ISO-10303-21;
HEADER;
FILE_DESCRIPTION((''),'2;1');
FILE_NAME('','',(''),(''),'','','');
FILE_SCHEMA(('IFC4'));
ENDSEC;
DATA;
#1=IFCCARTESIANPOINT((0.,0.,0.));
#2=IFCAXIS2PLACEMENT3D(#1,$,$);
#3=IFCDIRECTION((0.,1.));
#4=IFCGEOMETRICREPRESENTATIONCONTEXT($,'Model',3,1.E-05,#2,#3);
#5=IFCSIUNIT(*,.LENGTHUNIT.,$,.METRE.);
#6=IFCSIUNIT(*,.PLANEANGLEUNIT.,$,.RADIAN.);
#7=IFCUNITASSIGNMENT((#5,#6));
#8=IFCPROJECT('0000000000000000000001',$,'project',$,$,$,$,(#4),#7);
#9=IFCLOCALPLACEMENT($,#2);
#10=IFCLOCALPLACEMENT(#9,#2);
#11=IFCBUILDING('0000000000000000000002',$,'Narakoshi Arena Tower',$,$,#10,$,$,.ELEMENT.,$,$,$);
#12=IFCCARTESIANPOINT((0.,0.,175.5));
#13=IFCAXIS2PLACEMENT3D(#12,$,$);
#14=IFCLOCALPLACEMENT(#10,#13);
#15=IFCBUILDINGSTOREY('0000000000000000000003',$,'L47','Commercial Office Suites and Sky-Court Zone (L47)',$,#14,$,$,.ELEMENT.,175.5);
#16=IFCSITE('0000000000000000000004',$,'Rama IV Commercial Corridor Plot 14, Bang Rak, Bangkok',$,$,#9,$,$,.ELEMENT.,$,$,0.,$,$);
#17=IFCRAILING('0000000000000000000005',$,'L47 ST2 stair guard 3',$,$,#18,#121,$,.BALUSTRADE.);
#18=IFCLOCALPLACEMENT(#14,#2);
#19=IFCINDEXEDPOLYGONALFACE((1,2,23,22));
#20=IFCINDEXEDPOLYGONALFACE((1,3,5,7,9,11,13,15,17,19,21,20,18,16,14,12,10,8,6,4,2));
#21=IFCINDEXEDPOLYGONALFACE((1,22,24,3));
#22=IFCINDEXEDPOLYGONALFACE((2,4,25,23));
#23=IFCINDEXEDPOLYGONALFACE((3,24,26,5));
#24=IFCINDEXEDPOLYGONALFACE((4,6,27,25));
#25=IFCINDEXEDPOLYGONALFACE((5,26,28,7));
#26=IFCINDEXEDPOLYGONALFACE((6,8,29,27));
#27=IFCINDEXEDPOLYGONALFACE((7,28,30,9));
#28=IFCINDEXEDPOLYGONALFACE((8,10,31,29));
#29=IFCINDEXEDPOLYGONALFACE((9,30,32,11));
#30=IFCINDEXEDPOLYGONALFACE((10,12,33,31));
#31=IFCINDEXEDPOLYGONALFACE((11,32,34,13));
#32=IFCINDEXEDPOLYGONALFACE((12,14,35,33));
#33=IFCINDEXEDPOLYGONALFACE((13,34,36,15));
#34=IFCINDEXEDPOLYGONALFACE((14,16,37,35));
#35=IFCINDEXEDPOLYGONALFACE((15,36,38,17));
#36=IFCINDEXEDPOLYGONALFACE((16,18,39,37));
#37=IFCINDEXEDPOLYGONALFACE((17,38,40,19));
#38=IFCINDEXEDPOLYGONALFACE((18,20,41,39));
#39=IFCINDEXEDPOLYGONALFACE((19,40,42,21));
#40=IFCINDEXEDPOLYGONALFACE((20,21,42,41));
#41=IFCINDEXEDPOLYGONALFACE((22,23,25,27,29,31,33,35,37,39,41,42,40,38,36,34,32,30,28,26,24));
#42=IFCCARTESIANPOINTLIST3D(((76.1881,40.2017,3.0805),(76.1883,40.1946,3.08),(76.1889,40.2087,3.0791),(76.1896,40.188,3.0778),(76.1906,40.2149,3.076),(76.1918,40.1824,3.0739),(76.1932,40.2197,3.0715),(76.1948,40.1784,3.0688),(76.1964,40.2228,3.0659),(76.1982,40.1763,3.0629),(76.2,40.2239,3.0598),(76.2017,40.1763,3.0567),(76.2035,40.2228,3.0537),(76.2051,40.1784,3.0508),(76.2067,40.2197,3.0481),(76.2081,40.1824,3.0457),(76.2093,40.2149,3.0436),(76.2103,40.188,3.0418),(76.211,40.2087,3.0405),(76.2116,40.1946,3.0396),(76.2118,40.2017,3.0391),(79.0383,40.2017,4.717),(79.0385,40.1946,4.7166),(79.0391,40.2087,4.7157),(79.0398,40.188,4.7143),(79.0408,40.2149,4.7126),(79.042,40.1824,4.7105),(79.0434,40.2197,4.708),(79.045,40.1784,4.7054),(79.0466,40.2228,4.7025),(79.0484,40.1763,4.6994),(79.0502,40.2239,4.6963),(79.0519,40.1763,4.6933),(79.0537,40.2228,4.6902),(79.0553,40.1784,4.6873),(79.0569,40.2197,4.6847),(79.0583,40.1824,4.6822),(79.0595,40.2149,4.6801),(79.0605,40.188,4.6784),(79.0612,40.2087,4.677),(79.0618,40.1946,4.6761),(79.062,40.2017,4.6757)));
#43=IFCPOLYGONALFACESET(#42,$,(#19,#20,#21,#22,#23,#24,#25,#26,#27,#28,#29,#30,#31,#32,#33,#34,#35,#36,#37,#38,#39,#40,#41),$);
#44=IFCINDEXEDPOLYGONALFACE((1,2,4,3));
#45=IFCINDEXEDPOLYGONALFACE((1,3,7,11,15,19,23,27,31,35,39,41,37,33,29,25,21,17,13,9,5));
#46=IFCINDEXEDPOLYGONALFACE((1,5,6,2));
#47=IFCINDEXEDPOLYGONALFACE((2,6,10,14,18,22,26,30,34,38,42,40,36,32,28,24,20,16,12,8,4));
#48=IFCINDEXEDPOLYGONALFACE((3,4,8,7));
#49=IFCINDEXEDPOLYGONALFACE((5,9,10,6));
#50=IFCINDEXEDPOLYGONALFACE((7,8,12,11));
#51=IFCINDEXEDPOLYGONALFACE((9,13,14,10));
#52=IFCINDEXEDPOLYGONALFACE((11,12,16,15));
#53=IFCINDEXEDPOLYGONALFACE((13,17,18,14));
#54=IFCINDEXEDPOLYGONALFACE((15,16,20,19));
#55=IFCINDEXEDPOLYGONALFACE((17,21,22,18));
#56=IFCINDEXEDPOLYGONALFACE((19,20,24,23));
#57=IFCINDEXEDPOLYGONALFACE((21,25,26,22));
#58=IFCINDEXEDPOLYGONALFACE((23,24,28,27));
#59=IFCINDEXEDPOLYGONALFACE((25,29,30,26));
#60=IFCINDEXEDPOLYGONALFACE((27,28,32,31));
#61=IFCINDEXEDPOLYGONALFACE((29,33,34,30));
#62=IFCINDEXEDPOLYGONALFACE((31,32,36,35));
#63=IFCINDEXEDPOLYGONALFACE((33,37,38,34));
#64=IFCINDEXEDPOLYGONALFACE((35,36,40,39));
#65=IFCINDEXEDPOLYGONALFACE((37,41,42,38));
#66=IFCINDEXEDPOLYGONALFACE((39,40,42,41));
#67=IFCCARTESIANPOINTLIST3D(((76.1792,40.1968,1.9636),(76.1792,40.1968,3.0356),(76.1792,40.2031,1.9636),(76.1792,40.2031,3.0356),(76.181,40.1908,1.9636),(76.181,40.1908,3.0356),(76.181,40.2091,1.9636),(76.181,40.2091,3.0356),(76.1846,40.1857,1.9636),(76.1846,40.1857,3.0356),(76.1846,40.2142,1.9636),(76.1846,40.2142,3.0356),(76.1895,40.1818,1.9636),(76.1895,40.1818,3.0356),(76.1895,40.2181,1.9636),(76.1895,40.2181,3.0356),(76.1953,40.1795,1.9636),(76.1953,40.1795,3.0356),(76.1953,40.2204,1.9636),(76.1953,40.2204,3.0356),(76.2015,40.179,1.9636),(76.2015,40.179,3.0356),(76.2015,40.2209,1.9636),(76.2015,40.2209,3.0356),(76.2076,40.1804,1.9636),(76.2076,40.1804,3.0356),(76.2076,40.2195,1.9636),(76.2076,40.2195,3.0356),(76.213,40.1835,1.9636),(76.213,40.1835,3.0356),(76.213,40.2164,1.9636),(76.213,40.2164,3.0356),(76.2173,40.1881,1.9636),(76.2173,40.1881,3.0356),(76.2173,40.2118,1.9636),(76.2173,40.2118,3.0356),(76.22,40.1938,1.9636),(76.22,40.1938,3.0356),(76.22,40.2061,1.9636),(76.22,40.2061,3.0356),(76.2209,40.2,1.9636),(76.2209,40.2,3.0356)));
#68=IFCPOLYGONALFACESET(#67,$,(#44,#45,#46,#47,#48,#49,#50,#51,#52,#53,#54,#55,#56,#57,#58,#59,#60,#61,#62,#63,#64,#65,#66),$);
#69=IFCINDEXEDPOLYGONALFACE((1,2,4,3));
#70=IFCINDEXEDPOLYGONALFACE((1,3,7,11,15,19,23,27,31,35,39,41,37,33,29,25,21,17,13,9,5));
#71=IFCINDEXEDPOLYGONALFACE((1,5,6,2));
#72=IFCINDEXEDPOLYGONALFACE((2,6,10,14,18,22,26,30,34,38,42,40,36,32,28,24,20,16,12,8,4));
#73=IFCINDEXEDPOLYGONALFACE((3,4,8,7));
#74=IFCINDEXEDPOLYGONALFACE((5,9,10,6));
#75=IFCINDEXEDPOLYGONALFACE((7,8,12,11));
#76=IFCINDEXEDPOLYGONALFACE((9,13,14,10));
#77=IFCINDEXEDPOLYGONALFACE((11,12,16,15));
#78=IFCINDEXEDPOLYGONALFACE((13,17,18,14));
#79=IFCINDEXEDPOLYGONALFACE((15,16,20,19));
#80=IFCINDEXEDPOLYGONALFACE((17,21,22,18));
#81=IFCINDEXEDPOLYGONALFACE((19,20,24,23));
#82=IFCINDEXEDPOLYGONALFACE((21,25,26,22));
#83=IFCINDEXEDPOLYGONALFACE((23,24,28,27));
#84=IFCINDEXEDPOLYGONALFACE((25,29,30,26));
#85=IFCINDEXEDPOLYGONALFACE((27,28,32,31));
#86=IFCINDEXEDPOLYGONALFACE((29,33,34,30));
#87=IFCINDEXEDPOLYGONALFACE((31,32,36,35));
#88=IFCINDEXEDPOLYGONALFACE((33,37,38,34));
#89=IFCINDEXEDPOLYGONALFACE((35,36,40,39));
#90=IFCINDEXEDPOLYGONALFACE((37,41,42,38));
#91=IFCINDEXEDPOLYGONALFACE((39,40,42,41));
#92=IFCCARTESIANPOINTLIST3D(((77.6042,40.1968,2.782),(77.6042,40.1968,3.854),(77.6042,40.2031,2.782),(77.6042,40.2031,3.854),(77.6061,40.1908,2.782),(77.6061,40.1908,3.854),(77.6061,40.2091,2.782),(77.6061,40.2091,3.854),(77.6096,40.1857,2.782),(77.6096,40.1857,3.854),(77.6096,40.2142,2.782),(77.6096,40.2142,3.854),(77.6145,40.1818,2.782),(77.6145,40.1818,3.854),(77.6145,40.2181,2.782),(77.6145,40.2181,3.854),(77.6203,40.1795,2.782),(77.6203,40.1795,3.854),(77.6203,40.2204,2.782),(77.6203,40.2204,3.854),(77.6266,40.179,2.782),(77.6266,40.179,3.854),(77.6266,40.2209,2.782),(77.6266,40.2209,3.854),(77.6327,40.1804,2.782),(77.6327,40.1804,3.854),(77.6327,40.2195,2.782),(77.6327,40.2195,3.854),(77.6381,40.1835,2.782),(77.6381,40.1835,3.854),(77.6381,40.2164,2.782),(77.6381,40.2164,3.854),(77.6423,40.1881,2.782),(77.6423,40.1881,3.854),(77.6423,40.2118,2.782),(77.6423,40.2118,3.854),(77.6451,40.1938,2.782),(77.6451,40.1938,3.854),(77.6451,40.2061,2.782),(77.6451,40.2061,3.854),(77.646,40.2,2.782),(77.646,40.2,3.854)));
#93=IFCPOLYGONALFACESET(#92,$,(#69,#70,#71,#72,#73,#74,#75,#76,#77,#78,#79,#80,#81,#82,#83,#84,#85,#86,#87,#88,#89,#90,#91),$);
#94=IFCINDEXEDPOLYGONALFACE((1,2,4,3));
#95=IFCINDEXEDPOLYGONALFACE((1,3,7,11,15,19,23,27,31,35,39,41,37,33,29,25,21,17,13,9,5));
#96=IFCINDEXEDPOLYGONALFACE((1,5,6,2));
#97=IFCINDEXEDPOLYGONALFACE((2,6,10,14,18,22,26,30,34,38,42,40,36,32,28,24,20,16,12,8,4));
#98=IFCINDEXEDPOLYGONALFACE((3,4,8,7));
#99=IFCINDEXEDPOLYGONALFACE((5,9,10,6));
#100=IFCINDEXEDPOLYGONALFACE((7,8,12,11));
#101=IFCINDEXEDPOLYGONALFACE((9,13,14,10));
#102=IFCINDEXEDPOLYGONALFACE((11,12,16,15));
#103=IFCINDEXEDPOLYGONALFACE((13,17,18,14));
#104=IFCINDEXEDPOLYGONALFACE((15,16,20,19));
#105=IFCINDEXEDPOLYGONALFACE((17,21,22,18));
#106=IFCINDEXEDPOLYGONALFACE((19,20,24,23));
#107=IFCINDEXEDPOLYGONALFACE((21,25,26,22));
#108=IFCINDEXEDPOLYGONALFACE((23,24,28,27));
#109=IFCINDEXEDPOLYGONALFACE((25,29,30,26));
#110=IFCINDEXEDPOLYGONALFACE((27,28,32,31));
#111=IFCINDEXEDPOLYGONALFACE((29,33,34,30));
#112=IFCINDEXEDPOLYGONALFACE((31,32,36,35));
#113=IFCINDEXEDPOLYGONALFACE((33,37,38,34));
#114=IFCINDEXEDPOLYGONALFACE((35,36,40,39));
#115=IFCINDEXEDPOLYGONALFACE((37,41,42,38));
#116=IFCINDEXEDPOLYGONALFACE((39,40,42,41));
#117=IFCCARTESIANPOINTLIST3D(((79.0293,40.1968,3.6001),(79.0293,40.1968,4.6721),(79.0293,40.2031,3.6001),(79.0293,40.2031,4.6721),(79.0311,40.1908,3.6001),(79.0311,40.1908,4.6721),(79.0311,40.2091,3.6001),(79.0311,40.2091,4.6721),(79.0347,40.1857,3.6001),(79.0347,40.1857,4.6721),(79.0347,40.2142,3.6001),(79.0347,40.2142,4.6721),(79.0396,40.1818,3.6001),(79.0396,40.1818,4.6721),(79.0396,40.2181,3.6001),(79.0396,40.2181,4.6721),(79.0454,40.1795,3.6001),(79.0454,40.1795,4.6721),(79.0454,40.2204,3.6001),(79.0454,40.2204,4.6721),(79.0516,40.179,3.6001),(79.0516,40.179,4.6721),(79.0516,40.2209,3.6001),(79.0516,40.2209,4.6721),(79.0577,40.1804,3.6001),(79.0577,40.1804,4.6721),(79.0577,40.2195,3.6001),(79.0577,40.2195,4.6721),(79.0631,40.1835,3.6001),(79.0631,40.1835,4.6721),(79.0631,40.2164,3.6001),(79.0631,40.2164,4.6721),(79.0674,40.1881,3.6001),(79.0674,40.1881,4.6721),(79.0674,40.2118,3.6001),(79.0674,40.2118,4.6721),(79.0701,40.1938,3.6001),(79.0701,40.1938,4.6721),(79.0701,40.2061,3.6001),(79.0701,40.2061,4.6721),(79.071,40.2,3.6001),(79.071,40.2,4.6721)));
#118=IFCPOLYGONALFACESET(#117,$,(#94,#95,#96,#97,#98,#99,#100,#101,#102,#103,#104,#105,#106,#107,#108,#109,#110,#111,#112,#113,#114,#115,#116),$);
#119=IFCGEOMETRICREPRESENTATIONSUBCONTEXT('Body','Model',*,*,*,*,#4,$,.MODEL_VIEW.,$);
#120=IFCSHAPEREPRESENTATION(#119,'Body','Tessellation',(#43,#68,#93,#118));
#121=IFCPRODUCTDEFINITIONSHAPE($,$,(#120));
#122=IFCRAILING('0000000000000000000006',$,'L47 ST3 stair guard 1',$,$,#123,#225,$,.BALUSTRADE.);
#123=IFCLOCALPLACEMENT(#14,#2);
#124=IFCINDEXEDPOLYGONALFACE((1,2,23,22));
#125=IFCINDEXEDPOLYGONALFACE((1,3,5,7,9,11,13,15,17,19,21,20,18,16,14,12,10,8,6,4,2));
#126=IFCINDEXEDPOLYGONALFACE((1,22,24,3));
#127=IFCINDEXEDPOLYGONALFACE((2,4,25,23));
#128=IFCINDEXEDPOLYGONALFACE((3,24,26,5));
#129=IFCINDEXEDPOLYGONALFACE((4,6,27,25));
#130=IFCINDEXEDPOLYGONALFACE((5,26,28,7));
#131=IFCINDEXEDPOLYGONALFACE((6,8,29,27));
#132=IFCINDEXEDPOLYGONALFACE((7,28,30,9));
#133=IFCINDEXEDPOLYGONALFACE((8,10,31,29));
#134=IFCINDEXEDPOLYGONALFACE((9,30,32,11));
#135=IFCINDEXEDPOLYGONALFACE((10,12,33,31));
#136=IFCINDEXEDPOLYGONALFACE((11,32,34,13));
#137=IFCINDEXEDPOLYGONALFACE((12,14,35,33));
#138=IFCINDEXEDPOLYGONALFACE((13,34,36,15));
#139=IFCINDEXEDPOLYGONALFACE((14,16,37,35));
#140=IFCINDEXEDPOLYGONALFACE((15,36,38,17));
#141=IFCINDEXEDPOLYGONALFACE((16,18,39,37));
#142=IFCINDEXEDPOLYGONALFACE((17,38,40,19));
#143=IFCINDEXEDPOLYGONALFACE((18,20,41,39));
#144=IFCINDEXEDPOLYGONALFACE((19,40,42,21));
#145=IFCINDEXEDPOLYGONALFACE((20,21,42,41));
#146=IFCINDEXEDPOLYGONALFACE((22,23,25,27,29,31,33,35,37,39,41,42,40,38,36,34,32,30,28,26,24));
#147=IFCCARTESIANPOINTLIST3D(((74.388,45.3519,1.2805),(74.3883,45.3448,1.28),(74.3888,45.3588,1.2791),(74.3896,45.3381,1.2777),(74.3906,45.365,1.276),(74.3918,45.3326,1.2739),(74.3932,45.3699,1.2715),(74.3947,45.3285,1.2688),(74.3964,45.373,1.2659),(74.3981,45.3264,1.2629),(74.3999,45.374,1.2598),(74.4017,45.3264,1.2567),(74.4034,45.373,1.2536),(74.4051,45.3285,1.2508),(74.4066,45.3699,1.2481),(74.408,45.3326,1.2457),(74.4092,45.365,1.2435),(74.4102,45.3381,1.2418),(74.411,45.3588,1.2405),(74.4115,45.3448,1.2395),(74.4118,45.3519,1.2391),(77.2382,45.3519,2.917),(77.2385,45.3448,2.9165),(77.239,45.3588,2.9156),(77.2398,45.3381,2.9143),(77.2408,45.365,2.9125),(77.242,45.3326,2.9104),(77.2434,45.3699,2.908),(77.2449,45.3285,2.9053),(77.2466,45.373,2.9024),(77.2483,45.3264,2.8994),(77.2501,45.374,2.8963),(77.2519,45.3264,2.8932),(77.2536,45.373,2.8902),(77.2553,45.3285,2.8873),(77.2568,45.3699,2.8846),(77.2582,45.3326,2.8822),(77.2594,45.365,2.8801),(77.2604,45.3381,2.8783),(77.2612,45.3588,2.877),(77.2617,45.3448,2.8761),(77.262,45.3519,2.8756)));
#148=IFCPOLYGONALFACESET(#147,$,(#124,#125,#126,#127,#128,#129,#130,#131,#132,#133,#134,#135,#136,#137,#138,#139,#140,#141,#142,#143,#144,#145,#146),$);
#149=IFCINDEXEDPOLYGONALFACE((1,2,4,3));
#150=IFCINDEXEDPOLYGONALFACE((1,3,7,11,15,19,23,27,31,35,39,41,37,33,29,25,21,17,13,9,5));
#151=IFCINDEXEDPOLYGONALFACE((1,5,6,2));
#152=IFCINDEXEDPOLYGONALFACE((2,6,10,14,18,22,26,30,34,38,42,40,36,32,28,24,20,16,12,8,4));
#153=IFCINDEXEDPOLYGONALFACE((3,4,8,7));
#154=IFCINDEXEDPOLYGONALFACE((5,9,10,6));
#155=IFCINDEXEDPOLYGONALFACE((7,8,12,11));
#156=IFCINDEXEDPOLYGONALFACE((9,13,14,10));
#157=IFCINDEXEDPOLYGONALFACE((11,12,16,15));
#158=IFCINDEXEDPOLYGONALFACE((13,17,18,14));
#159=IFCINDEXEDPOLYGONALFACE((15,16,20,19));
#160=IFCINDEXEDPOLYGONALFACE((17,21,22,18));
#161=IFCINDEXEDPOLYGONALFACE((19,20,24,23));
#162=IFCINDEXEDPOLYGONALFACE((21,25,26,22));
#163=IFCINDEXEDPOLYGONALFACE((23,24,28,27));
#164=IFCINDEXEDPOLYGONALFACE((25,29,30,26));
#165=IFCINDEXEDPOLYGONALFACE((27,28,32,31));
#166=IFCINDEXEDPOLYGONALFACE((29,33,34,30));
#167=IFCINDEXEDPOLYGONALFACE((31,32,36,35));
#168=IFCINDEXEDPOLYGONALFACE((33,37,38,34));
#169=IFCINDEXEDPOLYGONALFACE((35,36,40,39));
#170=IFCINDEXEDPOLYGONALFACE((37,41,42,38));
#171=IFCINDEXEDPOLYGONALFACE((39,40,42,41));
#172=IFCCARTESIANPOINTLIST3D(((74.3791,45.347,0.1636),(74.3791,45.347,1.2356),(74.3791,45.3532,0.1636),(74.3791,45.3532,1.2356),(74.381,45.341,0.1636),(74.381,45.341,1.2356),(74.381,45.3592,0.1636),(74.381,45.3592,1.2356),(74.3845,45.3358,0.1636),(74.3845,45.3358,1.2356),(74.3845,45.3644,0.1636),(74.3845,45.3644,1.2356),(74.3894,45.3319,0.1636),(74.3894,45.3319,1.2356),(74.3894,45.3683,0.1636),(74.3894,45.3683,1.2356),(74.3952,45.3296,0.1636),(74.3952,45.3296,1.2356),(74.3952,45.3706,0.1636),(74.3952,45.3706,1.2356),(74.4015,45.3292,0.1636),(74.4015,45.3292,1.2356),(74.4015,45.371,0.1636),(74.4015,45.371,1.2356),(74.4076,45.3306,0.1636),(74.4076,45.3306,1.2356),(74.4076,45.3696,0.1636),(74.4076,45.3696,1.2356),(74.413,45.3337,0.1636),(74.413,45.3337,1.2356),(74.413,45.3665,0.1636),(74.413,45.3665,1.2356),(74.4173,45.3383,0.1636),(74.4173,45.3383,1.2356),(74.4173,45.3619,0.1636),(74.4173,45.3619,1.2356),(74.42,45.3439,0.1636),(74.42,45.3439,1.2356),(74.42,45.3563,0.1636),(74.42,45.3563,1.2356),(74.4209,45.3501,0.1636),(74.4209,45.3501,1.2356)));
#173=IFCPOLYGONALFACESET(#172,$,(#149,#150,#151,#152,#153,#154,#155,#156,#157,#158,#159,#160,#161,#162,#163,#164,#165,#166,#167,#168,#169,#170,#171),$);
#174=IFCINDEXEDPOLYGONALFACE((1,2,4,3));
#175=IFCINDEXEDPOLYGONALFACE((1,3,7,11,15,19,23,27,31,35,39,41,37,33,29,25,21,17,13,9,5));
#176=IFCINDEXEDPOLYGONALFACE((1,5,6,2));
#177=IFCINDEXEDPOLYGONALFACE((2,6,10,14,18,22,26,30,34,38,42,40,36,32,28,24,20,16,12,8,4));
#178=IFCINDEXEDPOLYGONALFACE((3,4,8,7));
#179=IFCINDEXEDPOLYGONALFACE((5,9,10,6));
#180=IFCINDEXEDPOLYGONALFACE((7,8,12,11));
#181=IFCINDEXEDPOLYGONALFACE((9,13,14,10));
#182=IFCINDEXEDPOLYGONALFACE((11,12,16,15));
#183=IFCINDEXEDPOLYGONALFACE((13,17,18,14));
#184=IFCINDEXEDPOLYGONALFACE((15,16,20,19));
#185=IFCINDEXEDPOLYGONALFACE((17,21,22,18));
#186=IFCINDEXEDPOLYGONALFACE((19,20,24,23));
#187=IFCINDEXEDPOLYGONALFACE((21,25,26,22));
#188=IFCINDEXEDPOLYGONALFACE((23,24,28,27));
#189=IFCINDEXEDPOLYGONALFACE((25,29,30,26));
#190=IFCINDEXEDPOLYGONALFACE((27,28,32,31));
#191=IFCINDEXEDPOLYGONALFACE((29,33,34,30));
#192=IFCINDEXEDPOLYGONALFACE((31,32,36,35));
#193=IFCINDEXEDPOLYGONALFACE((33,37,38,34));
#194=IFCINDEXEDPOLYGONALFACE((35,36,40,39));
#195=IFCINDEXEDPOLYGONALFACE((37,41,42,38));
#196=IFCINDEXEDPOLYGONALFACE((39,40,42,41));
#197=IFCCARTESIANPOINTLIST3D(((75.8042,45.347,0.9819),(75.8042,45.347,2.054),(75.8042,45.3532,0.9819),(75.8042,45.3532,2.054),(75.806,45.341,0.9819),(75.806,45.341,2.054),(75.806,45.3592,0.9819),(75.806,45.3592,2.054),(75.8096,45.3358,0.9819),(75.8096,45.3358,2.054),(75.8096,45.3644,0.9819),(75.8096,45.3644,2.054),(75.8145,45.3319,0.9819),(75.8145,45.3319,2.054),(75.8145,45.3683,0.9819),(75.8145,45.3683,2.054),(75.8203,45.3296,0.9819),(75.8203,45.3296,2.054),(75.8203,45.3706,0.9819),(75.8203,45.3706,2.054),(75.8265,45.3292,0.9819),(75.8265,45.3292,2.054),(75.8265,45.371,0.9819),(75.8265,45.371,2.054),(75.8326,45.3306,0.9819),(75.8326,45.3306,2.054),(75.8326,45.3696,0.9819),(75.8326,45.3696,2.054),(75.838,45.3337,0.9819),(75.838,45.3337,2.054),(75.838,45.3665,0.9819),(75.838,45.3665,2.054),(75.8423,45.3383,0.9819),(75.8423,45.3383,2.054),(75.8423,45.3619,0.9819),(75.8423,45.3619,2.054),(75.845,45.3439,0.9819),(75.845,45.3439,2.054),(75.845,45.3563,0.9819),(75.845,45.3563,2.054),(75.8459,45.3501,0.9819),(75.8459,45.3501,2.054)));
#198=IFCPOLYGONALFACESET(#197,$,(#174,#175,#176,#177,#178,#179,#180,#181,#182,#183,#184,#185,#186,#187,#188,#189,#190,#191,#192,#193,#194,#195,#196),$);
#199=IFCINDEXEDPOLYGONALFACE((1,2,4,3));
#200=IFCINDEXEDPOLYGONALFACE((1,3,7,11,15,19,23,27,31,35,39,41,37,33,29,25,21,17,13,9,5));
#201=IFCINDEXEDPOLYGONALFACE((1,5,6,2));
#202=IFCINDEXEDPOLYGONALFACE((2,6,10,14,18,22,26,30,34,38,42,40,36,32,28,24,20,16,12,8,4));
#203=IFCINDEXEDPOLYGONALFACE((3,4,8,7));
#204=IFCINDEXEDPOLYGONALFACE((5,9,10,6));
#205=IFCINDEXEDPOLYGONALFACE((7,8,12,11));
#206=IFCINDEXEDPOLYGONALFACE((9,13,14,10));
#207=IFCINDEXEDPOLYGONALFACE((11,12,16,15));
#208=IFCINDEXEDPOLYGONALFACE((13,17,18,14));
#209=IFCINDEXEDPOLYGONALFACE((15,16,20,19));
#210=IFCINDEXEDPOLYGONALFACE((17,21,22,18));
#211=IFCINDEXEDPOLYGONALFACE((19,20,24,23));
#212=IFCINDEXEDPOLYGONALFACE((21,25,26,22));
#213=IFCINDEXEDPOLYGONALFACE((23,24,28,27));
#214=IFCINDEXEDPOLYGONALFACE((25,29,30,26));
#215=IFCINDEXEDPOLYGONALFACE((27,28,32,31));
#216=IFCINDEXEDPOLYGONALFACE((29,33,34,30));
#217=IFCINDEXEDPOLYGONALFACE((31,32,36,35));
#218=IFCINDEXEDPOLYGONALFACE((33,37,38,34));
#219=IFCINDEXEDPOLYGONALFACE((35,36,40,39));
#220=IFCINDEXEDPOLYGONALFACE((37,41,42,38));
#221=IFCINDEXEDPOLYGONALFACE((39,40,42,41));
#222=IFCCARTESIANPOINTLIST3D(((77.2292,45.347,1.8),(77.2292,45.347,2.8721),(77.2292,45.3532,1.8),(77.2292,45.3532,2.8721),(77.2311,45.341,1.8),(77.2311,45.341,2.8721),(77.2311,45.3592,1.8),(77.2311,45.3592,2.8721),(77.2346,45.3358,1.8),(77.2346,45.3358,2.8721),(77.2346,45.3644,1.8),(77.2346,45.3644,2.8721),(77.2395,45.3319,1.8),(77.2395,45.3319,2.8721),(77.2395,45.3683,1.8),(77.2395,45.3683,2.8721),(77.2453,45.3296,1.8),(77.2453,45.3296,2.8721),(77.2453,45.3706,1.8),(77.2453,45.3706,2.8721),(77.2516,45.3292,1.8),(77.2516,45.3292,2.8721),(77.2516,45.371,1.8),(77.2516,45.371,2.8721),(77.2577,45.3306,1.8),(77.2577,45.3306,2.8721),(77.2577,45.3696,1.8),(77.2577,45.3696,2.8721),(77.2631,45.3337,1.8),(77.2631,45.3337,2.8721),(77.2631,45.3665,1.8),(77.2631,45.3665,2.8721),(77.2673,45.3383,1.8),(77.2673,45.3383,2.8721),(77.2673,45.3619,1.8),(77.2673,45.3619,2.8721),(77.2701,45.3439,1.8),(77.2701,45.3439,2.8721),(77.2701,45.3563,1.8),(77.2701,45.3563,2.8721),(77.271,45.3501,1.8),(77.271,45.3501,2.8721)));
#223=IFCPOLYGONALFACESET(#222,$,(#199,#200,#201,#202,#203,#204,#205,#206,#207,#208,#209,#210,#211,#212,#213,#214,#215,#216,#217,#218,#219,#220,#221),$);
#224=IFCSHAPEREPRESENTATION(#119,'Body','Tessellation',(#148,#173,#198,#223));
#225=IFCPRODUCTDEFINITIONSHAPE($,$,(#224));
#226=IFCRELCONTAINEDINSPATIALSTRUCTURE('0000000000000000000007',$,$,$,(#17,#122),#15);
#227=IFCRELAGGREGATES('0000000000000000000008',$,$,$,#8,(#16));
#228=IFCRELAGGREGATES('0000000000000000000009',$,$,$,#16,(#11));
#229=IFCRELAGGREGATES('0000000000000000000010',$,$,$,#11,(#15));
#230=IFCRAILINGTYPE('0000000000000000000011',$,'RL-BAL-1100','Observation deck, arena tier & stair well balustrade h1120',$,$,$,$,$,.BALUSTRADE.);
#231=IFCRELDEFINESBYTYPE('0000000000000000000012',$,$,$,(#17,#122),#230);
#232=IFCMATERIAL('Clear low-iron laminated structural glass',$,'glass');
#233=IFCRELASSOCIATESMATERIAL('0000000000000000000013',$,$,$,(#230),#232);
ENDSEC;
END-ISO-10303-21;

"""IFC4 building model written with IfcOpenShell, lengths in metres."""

from ifc_helpers import new_model, si_unit, direction, frame, origin, origin_2d, place, context, subcontext, project, spatial, circle, extrude, material, type_object, element, save


model = new_model("IFC4")

# Units and contexts
model_context = context("Model", 3, precision=1e-05, world=origin(), true_north=direction((0.0, 1.0)))
body_context = subcontext(model_context, "Body", "Model", "MODEL_VIEW")
ifc_project = project(units=[si_unit("LENGTHUNIT", "METRE"), si_unit("PLANEANGLEUNIT", "RADIAN")], contexts=[model_context])

# Site, building, storey
site_placement = place(None, origin())
site = spatial("IfcSite", under=ifc_project, at=site_placement, Name="Rama IV Commercial Corridor Plot 14, Bang Rak, Bangkok", CompositionType="ELEMENT", RefElevation=0.0)
building_placement = place(site_placement, origin())
building = spatial("IfcBuilding", under=site, at=building_placement, Name="Narakoshi Arena Tower", CompositionType="ELEMENT")
storey_placement = place(building_placement, frame((0.0, 0.0, 175.5)))
storey = spatial("IfcBuildingStorey", under=building, at=storey_placement, Name="L47", Description="Commercial Office Suites and Sky-Court Zone (L47)", CompositionType="ELEMENT", Elevation=175.5)

# Railings
ifc_material_1 = material(Name="Clear low-iron laminated structural glass", Category="glass")
railing_type_1 = type_object("IfcRailingType", Name="RL-BAL-1100", Description="Observation deck, arena tier & stair well balustrade h1120", PredefinedType="BALUSTRADE", material=ifc_material_1)
for number, where, name in (
    (1, (76.2, 40.2, 1.9636), "L47 ST2 stair guard 3"),
    (2, (74.3999, 45.3501, 0.1636), "L47 ST3 stair guard 1"),
):
    element("IfcRailing", number, at=place(storey_placement, frame(where)), inside=storey, type_object=railing_type_1, Name=name, PredefinedType="BALUSTRADE", context=body_context, shape_type="SweptSolid", body=[
        extrude(circle(Radius=0.0239, at=origin_2d()), frame((0.0, 0.0, 1.0962), z_axis=(0.867213, 0.0, 0.497938), x_axis=(0.0, 1.0, 0.0)), (0.0, 0.0, 1.0), 3.2866),
        extrude(circle(Radius=0.021, at=origin_2d()), origin(), (0.0, 0.0, 1.0), 1.072),
        extrude(circle(Radius=0.021, at=origin_2d()), frame((1.425, 0.0, 0.8184)), (0.0, 0.0, 1.0), 1.072),
        extrude(circle(Radius=0.021, at=origin_2d()), frame((2.8501, 0.0, 1.6365)), (0.0, 0.0, 1.0), 1.072),
    ])

save(model, "model.ifc")
